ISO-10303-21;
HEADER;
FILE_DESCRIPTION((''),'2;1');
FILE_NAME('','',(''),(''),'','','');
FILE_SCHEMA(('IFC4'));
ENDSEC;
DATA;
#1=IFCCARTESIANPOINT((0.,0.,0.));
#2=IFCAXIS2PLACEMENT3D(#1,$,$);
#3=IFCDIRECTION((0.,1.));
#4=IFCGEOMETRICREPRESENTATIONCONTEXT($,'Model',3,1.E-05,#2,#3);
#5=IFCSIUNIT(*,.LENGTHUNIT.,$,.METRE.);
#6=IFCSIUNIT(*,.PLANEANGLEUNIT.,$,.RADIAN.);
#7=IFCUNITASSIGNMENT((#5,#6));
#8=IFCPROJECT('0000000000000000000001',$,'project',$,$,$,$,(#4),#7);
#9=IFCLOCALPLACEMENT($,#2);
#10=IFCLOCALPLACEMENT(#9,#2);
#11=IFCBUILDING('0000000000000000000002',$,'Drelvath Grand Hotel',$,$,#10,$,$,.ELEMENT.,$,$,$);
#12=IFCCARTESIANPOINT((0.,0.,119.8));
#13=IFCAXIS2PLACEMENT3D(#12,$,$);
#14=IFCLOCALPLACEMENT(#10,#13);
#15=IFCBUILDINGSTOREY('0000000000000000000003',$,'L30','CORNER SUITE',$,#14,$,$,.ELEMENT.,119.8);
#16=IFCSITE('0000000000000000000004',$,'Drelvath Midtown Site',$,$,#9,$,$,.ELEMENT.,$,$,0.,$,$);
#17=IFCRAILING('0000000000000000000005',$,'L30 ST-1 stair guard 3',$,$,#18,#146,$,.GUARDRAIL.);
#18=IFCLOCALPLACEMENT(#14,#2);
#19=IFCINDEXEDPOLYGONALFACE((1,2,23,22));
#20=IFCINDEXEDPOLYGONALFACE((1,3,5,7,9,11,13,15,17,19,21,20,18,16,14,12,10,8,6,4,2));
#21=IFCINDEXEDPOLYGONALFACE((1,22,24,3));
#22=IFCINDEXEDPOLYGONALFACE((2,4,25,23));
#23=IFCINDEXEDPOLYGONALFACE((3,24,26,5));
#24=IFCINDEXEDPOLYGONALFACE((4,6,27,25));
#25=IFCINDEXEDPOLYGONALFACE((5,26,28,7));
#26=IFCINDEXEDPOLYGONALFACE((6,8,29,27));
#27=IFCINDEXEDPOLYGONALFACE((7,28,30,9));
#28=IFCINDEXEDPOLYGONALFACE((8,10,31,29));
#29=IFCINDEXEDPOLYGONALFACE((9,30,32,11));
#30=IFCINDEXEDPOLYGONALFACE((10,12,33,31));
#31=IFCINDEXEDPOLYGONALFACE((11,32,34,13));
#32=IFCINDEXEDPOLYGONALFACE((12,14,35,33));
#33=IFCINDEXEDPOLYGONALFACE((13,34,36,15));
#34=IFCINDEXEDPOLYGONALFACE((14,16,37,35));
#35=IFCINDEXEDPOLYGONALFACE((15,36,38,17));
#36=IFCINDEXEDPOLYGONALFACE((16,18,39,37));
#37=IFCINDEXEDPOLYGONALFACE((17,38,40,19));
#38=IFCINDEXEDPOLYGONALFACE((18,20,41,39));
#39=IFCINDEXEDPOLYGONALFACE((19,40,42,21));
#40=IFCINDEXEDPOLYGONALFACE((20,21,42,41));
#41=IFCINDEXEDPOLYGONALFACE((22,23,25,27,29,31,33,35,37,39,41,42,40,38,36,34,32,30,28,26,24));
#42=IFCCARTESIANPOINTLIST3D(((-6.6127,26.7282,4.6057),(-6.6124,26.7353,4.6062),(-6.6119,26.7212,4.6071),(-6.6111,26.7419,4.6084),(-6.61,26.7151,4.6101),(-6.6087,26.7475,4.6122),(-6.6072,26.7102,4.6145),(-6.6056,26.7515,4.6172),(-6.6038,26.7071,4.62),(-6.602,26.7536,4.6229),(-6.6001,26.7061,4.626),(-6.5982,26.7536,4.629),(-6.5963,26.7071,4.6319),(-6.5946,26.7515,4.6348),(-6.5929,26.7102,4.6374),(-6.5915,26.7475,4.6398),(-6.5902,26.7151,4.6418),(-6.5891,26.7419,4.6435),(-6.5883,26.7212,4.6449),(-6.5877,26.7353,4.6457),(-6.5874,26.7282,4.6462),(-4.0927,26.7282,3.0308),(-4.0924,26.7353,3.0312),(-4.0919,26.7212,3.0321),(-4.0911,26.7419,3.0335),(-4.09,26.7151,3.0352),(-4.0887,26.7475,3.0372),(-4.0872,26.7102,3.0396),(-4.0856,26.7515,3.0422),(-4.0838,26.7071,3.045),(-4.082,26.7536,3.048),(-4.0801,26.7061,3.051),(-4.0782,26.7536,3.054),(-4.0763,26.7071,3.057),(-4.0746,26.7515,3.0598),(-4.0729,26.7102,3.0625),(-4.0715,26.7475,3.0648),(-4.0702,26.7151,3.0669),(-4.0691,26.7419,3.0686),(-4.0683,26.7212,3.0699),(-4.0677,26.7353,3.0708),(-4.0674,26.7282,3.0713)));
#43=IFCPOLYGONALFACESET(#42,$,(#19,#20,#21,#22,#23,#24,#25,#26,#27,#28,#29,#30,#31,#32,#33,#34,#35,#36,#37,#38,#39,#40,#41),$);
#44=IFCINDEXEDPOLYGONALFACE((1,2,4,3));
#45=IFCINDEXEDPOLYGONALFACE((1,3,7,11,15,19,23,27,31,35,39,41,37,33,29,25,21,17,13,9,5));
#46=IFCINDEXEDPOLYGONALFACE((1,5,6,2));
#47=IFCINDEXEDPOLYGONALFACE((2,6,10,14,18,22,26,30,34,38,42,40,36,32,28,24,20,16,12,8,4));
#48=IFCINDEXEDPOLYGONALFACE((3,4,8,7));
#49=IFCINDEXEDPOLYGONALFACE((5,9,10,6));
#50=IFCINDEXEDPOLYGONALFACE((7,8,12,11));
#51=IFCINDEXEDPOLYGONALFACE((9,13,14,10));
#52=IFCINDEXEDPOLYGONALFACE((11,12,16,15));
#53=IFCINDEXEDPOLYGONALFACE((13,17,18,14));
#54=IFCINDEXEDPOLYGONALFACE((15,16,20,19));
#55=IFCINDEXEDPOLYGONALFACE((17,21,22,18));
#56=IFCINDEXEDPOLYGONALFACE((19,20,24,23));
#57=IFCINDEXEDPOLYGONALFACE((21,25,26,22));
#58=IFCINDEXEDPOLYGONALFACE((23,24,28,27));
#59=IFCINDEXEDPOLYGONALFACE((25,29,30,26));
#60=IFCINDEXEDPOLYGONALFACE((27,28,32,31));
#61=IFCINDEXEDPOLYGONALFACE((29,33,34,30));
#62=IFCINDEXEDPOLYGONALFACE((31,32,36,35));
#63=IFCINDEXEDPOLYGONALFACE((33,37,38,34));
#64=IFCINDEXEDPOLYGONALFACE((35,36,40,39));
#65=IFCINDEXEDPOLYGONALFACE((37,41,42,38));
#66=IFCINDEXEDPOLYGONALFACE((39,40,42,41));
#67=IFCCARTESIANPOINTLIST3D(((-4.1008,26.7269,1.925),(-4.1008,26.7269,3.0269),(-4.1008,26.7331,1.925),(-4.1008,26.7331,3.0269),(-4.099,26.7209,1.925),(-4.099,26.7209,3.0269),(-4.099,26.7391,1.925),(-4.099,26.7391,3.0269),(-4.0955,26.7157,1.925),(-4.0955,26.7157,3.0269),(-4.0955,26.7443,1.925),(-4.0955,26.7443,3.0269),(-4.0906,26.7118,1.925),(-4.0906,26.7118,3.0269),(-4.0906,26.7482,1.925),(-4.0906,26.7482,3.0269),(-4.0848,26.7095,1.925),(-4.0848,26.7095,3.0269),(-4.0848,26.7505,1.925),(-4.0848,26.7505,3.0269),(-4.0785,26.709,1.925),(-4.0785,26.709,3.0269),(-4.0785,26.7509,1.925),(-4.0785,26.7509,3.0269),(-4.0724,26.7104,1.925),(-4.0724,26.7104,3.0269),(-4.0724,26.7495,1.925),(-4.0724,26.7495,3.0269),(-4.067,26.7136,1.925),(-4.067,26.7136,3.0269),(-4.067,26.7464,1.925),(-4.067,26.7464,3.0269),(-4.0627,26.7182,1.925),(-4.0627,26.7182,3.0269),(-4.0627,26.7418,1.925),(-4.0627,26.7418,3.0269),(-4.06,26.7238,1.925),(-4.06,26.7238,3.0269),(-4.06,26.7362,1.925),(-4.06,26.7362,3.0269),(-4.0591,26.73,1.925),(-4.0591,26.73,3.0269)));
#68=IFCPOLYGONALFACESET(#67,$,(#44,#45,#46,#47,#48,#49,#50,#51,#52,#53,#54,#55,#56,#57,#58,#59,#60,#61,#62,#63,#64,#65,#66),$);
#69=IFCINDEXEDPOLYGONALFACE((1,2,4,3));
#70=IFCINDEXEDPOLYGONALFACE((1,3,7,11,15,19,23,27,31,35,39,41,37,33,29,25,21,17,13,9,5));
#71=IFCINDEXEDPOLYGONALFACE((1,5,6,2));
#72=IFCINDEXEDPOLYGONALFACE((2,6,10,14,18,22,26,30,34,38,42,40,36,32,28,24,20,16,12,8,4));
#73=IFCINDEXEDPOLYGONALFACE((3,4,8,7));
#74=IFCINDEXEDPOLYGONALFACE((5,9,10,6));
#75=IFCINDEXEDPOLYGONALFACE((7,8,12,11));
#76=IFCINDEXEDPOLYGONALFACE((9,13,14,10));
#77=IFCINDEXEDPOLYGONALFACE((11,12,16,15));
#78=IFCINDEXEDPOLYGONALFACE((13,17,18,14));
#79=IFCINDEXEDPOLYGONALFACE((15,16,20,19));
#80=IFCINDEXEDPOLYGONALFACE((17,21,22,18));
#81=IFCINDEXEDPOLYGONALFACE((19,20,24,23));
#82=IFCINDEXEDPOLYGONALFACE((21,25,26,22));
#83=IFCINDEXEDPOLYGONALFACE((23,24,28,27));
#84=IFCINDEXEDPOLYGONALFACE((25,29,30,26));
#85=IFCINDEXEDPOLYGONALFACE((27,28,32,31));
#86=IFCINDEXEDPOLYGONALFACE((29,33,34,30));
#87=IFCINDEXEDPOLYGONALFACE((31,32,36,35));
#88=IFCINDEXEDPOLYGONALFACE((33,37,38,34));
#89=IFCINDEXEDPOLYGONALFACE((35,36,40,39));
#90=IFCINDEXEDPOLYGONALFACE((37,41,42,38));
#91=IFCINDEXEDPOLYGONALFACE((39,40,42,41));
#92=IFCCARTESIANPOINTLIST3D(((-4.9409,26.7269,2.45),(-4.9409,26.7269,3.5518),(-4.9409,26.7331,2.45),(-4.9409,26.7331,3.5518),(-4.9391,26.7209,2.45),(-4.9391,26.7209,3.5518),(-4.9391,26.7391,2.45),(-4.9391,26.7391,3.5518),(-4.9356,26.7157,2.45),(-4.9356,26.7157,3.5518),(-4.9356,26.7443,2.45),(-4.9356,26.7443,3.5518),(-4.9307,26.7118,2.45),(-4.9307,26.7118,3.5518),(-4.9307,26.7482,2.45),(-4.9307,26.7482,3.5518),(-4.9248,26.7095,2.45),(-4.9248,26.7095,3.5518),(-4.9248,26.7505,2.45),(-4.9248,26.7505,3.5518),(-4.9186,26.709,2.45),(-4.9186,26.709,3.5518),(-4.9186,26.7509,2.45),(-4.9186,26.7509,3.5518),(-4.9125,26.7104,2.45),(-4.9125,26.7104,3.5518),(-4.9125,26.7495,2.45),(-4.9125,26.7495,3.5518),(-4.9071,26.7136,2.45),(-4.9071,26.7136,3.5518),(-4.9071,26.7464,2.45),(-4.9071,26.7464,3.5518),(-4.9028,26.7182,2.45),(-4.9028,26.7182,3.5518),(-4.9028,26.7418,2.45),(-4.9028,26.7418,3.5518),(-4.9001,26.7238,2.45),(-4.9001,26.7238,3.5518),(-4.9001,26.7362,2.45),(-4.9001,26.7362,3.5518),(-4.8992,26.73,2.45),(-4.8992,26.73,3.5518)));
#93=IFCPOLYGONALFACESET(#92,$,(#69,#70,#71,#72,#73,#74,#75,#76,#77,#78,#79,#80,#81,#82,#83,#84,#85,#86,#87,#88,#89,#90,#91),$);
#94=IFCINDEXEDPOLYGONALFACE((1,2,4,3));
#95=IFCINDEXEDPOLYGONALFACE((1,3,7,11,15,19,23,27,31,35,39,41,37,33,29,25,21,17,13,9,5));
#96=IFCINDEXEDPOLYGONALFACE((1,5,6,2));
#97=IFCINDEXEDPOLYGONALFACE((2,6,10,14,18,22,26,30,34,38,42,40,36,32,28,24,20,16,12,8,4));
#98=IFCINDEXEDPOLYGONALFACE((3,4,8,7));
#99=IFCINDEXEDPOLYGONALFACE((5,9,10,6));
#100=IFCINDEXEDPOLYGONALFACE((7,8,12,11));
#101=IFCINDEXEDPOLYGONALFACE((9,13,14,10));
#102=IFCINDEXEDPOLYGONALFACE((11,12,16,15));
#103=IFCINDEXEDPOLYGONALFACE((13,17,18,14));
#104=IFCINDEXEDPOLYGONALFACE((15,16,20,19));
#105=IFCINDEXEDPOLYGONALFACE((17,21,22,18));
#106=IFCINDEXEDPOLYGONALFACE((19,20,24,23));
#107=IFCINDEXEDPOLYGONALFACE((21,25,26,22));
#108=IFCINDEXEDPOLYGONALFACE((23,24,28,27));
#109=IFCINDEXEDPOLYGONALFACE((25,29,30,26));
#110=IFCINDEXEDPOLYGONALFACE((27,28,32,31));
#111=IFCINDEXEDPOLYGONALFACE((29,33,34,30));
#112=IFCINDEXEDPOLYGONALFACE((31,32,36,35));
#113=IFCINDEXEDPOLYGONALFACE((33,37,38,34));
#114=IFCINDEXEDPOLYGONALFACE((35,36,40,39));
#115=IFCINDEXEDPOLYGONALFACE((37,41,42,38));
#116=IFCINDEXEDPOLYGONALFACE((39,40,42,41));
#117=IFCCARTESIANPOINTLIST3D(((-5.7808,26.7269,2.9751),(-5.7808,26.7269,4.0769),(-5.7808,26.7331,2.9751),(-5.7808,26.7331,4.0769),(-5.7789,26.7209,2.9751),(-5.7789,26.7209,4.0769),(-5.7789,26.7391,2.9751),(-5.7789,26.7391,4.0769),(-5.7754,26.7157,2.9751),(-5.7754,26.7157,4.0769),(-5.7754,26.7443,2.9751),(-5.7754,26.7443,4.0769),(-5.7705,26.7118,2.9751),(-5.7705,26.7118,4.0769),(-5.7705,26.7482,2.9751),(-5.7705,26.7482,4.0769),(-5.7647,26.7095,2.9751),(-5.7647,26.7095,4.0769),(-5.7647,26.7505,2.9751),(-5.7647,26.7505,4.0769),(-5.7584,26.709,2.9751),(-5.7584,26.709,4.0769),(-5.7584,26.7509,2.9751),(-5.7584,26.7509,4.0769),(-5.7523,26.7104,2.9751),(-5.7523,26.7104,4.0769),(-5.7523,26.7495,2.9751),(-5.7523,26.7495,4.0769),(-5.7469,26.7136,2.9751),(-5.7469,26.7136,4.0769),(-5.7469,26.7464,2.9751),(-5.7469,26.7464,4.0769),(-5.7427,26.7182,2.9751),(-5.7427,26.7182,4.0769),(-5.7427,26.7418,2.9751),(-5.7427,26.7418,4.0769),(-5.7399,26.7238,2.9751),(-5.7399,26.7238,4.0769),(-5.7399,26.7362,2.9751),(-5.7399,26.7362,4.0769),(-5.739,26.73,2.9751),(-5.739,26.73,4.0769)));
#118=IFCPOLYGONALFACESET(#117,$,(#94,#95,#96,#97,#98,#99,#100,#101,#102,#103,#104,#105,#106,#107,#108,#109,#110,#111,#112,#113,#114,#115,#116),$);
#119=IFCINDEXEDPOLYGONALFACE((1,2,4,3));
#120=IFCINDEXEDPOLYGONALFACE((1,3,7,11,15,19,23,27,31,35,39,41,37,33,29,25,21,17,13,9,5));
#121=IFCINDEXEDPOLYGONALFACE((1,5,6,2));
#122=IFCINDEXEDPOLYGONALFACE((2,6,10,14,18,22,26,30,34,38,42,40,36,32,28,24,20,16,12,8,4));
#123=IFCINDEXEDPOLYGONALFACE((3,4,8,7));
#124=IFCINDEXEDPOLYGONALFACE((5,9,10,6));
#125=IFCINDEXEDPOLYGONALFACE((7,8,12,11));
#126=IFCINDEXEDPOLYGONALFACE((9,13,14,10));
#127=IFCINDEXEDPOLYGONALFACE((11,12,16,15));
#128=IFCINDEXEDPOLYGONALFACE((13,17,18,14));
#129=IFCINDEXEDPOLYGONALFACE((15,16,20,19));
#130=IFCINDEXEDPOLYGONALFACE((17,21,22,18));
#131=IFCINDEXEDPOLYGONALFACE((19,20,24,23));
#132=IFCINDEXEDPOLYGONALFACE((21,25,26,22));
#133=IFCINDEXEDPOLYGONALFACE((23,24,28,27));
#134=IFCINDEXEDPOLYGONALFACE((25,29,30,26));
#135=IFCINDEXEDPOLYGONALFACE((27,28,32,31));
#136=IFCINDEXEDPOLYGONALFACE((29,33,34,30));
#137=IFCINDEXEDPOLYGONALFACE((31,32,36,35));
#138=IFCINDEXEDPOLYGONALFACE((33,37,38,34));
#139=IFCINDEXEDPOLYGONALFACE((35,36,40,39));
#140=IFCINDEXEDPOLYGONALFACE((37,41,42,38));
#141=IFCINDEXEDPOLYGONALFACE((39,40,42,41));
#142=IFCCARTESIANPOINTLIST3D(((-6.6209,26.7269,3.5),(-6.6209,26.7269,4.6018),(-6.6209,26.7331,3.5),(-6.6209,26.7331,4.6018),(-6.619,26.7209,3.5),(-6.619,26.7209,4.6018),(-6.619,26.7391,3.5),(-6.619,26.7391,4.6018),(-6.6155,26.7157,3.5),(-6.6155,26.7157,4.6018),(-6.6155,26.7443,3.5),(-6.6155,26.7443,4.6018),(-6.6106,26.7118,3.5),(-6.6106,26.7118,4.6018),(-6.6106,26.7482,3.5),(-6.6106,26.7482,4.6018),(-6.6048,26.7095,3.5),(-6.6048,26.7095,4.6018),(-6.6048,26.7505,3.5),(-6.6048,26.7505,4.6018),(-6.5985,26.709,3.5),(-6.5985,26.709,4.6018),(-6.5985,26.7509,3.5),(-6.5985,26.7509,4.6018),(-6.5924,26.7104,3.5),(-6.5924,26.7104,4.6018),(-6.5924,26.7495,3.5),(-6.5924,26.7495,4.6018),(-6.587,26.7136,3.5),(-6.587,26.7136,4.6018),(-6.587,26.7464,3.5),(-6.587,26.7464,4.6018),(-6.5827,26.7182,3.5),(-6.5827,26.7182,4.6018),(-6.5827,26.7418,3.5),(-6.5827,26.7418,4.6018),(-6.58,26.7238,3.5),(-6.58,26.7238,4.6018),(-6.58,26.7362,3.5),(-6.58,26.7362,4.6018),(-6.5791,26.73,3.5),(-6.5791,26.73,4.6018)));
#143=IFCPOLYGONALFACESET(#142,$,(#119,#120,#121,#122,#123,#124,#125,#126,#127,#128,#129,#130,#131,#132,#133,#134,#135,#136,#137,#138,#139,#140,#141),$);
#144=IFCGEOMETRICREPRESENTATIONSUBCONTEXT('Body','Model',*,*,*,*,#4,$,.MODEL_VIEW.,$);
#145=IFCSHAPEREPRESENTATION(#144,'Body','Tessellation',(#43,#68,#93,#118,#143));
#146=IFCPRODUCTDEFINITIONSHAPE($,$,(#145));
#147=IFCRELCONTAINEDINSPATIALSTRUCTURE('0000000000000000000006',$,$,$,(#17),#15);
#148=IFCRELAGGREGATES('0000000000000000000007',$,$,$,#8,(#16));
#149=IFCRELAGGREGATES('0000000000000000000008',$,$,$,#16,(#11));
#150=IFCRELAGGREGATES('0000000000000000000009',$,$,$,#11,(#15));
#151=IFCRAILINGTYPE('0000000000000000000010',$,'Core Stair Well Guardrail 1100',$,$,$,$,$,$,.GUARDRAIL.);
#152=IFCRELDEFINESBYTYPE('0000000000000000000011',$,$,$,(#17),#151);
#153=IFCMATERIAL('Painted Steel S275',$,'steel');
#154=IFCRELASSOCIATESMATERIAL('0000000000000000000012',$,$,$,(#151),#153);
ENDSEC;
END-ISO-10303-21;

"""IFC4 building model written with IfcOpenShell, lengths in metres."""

from ifc_helpers import new_model, si_unit, direction, frame, origin, origin_2d, place, context, subcontext, project, spatial, circle, extrude, material, type_object, element, save


model = new_model("IFC4")

# Units and contexts
model_context = context("Model", 3, precision=1e-05, world=origin(), true_north=direction((0.0, 1.0)))
body_context = subcontext(model_context, "Body", "Model", "MODEL_VIEW")
ifc_project = project(units=[si_unit("LENGTHUNIT", "METRE"), si_unit("PLANEANGLEUNIT", "RADIAN")], contexts=[model_context])

# Site, building, storey
site_placement = place(None, origin())
site = spatial("IfcSite", under=ifc_project, at=site_placement, Name="Drelvath Midtown Site", CompositionType="ELEMENT", RefElevation=0.0)
building_placement = place(site_placement, origin())
building = spatial("IfcBuilding", under=site, at=building_placement, Name="Drelvath Grand Hotel", CompositionType="ELEMENT")
storey_placement = place(building_placement, frame((0.0, 0.0, 119.8)))
storey = spatial("IfcBuildingStorey", under=building, at=storey_placement, Name="L30", Description="CORNER SUITE", CompositionType="ELEMENT", Elevation=119.8)

# Shared definitions
ifc_material_1 = material(Name="Painted Steel S275", Category="steel")

# Railing
railing_type_1 = type_object("IfcRailingType", Name="Core Stair Well Guardrail 1100", PredefinedType="GUARDRAIL", material=ifc_material_1)
railing_1_placement = place(storey_placement, frame((-4.0801, 26.73, 1.925)))
element("IfcRailing", 1, at=railing_1_placement, inside=storey, type_object=railing_type_1, Name="L30 ST-1 stair guard 3", PredefinedType="GUARDRAIL", context=body_context, shape_type="SweptSolid", body=[
    extrude(circle(Radius=0.0239, at=origin_2d()), frame((0.0, 0.0, 1.126), z_axis=(-0.848008, 0.0, 0.529984), x_axis=(0.0, -1.0, 0.0)), (0.0, 0.0, 1.0), 2.9717),
    extrude(circle(Radius=0.021, at=origin_2d()), origin(), (0.0, 0.0, 1.0), 1.1018),
    extrude(circle(Radius=0.021, at=origin_2d()), frame((-0.8401, 0.0, 0.5249)), (0.0, 0.0, 1.0), 1.1018),
    extrude(circle(Radius=0.021, at=origin_2d()), frame((-1.6799, 0.0, 1.05)), (0.0, 0.0, 1.0), 1.1018),
    extrude(circle(Radius=0.021, at=origin_2d()), frame((-2.52, 0.0, 1.575)), (0.0, 0.0, 1.0), 1.1018),
])

save(model, "model.ifc")
